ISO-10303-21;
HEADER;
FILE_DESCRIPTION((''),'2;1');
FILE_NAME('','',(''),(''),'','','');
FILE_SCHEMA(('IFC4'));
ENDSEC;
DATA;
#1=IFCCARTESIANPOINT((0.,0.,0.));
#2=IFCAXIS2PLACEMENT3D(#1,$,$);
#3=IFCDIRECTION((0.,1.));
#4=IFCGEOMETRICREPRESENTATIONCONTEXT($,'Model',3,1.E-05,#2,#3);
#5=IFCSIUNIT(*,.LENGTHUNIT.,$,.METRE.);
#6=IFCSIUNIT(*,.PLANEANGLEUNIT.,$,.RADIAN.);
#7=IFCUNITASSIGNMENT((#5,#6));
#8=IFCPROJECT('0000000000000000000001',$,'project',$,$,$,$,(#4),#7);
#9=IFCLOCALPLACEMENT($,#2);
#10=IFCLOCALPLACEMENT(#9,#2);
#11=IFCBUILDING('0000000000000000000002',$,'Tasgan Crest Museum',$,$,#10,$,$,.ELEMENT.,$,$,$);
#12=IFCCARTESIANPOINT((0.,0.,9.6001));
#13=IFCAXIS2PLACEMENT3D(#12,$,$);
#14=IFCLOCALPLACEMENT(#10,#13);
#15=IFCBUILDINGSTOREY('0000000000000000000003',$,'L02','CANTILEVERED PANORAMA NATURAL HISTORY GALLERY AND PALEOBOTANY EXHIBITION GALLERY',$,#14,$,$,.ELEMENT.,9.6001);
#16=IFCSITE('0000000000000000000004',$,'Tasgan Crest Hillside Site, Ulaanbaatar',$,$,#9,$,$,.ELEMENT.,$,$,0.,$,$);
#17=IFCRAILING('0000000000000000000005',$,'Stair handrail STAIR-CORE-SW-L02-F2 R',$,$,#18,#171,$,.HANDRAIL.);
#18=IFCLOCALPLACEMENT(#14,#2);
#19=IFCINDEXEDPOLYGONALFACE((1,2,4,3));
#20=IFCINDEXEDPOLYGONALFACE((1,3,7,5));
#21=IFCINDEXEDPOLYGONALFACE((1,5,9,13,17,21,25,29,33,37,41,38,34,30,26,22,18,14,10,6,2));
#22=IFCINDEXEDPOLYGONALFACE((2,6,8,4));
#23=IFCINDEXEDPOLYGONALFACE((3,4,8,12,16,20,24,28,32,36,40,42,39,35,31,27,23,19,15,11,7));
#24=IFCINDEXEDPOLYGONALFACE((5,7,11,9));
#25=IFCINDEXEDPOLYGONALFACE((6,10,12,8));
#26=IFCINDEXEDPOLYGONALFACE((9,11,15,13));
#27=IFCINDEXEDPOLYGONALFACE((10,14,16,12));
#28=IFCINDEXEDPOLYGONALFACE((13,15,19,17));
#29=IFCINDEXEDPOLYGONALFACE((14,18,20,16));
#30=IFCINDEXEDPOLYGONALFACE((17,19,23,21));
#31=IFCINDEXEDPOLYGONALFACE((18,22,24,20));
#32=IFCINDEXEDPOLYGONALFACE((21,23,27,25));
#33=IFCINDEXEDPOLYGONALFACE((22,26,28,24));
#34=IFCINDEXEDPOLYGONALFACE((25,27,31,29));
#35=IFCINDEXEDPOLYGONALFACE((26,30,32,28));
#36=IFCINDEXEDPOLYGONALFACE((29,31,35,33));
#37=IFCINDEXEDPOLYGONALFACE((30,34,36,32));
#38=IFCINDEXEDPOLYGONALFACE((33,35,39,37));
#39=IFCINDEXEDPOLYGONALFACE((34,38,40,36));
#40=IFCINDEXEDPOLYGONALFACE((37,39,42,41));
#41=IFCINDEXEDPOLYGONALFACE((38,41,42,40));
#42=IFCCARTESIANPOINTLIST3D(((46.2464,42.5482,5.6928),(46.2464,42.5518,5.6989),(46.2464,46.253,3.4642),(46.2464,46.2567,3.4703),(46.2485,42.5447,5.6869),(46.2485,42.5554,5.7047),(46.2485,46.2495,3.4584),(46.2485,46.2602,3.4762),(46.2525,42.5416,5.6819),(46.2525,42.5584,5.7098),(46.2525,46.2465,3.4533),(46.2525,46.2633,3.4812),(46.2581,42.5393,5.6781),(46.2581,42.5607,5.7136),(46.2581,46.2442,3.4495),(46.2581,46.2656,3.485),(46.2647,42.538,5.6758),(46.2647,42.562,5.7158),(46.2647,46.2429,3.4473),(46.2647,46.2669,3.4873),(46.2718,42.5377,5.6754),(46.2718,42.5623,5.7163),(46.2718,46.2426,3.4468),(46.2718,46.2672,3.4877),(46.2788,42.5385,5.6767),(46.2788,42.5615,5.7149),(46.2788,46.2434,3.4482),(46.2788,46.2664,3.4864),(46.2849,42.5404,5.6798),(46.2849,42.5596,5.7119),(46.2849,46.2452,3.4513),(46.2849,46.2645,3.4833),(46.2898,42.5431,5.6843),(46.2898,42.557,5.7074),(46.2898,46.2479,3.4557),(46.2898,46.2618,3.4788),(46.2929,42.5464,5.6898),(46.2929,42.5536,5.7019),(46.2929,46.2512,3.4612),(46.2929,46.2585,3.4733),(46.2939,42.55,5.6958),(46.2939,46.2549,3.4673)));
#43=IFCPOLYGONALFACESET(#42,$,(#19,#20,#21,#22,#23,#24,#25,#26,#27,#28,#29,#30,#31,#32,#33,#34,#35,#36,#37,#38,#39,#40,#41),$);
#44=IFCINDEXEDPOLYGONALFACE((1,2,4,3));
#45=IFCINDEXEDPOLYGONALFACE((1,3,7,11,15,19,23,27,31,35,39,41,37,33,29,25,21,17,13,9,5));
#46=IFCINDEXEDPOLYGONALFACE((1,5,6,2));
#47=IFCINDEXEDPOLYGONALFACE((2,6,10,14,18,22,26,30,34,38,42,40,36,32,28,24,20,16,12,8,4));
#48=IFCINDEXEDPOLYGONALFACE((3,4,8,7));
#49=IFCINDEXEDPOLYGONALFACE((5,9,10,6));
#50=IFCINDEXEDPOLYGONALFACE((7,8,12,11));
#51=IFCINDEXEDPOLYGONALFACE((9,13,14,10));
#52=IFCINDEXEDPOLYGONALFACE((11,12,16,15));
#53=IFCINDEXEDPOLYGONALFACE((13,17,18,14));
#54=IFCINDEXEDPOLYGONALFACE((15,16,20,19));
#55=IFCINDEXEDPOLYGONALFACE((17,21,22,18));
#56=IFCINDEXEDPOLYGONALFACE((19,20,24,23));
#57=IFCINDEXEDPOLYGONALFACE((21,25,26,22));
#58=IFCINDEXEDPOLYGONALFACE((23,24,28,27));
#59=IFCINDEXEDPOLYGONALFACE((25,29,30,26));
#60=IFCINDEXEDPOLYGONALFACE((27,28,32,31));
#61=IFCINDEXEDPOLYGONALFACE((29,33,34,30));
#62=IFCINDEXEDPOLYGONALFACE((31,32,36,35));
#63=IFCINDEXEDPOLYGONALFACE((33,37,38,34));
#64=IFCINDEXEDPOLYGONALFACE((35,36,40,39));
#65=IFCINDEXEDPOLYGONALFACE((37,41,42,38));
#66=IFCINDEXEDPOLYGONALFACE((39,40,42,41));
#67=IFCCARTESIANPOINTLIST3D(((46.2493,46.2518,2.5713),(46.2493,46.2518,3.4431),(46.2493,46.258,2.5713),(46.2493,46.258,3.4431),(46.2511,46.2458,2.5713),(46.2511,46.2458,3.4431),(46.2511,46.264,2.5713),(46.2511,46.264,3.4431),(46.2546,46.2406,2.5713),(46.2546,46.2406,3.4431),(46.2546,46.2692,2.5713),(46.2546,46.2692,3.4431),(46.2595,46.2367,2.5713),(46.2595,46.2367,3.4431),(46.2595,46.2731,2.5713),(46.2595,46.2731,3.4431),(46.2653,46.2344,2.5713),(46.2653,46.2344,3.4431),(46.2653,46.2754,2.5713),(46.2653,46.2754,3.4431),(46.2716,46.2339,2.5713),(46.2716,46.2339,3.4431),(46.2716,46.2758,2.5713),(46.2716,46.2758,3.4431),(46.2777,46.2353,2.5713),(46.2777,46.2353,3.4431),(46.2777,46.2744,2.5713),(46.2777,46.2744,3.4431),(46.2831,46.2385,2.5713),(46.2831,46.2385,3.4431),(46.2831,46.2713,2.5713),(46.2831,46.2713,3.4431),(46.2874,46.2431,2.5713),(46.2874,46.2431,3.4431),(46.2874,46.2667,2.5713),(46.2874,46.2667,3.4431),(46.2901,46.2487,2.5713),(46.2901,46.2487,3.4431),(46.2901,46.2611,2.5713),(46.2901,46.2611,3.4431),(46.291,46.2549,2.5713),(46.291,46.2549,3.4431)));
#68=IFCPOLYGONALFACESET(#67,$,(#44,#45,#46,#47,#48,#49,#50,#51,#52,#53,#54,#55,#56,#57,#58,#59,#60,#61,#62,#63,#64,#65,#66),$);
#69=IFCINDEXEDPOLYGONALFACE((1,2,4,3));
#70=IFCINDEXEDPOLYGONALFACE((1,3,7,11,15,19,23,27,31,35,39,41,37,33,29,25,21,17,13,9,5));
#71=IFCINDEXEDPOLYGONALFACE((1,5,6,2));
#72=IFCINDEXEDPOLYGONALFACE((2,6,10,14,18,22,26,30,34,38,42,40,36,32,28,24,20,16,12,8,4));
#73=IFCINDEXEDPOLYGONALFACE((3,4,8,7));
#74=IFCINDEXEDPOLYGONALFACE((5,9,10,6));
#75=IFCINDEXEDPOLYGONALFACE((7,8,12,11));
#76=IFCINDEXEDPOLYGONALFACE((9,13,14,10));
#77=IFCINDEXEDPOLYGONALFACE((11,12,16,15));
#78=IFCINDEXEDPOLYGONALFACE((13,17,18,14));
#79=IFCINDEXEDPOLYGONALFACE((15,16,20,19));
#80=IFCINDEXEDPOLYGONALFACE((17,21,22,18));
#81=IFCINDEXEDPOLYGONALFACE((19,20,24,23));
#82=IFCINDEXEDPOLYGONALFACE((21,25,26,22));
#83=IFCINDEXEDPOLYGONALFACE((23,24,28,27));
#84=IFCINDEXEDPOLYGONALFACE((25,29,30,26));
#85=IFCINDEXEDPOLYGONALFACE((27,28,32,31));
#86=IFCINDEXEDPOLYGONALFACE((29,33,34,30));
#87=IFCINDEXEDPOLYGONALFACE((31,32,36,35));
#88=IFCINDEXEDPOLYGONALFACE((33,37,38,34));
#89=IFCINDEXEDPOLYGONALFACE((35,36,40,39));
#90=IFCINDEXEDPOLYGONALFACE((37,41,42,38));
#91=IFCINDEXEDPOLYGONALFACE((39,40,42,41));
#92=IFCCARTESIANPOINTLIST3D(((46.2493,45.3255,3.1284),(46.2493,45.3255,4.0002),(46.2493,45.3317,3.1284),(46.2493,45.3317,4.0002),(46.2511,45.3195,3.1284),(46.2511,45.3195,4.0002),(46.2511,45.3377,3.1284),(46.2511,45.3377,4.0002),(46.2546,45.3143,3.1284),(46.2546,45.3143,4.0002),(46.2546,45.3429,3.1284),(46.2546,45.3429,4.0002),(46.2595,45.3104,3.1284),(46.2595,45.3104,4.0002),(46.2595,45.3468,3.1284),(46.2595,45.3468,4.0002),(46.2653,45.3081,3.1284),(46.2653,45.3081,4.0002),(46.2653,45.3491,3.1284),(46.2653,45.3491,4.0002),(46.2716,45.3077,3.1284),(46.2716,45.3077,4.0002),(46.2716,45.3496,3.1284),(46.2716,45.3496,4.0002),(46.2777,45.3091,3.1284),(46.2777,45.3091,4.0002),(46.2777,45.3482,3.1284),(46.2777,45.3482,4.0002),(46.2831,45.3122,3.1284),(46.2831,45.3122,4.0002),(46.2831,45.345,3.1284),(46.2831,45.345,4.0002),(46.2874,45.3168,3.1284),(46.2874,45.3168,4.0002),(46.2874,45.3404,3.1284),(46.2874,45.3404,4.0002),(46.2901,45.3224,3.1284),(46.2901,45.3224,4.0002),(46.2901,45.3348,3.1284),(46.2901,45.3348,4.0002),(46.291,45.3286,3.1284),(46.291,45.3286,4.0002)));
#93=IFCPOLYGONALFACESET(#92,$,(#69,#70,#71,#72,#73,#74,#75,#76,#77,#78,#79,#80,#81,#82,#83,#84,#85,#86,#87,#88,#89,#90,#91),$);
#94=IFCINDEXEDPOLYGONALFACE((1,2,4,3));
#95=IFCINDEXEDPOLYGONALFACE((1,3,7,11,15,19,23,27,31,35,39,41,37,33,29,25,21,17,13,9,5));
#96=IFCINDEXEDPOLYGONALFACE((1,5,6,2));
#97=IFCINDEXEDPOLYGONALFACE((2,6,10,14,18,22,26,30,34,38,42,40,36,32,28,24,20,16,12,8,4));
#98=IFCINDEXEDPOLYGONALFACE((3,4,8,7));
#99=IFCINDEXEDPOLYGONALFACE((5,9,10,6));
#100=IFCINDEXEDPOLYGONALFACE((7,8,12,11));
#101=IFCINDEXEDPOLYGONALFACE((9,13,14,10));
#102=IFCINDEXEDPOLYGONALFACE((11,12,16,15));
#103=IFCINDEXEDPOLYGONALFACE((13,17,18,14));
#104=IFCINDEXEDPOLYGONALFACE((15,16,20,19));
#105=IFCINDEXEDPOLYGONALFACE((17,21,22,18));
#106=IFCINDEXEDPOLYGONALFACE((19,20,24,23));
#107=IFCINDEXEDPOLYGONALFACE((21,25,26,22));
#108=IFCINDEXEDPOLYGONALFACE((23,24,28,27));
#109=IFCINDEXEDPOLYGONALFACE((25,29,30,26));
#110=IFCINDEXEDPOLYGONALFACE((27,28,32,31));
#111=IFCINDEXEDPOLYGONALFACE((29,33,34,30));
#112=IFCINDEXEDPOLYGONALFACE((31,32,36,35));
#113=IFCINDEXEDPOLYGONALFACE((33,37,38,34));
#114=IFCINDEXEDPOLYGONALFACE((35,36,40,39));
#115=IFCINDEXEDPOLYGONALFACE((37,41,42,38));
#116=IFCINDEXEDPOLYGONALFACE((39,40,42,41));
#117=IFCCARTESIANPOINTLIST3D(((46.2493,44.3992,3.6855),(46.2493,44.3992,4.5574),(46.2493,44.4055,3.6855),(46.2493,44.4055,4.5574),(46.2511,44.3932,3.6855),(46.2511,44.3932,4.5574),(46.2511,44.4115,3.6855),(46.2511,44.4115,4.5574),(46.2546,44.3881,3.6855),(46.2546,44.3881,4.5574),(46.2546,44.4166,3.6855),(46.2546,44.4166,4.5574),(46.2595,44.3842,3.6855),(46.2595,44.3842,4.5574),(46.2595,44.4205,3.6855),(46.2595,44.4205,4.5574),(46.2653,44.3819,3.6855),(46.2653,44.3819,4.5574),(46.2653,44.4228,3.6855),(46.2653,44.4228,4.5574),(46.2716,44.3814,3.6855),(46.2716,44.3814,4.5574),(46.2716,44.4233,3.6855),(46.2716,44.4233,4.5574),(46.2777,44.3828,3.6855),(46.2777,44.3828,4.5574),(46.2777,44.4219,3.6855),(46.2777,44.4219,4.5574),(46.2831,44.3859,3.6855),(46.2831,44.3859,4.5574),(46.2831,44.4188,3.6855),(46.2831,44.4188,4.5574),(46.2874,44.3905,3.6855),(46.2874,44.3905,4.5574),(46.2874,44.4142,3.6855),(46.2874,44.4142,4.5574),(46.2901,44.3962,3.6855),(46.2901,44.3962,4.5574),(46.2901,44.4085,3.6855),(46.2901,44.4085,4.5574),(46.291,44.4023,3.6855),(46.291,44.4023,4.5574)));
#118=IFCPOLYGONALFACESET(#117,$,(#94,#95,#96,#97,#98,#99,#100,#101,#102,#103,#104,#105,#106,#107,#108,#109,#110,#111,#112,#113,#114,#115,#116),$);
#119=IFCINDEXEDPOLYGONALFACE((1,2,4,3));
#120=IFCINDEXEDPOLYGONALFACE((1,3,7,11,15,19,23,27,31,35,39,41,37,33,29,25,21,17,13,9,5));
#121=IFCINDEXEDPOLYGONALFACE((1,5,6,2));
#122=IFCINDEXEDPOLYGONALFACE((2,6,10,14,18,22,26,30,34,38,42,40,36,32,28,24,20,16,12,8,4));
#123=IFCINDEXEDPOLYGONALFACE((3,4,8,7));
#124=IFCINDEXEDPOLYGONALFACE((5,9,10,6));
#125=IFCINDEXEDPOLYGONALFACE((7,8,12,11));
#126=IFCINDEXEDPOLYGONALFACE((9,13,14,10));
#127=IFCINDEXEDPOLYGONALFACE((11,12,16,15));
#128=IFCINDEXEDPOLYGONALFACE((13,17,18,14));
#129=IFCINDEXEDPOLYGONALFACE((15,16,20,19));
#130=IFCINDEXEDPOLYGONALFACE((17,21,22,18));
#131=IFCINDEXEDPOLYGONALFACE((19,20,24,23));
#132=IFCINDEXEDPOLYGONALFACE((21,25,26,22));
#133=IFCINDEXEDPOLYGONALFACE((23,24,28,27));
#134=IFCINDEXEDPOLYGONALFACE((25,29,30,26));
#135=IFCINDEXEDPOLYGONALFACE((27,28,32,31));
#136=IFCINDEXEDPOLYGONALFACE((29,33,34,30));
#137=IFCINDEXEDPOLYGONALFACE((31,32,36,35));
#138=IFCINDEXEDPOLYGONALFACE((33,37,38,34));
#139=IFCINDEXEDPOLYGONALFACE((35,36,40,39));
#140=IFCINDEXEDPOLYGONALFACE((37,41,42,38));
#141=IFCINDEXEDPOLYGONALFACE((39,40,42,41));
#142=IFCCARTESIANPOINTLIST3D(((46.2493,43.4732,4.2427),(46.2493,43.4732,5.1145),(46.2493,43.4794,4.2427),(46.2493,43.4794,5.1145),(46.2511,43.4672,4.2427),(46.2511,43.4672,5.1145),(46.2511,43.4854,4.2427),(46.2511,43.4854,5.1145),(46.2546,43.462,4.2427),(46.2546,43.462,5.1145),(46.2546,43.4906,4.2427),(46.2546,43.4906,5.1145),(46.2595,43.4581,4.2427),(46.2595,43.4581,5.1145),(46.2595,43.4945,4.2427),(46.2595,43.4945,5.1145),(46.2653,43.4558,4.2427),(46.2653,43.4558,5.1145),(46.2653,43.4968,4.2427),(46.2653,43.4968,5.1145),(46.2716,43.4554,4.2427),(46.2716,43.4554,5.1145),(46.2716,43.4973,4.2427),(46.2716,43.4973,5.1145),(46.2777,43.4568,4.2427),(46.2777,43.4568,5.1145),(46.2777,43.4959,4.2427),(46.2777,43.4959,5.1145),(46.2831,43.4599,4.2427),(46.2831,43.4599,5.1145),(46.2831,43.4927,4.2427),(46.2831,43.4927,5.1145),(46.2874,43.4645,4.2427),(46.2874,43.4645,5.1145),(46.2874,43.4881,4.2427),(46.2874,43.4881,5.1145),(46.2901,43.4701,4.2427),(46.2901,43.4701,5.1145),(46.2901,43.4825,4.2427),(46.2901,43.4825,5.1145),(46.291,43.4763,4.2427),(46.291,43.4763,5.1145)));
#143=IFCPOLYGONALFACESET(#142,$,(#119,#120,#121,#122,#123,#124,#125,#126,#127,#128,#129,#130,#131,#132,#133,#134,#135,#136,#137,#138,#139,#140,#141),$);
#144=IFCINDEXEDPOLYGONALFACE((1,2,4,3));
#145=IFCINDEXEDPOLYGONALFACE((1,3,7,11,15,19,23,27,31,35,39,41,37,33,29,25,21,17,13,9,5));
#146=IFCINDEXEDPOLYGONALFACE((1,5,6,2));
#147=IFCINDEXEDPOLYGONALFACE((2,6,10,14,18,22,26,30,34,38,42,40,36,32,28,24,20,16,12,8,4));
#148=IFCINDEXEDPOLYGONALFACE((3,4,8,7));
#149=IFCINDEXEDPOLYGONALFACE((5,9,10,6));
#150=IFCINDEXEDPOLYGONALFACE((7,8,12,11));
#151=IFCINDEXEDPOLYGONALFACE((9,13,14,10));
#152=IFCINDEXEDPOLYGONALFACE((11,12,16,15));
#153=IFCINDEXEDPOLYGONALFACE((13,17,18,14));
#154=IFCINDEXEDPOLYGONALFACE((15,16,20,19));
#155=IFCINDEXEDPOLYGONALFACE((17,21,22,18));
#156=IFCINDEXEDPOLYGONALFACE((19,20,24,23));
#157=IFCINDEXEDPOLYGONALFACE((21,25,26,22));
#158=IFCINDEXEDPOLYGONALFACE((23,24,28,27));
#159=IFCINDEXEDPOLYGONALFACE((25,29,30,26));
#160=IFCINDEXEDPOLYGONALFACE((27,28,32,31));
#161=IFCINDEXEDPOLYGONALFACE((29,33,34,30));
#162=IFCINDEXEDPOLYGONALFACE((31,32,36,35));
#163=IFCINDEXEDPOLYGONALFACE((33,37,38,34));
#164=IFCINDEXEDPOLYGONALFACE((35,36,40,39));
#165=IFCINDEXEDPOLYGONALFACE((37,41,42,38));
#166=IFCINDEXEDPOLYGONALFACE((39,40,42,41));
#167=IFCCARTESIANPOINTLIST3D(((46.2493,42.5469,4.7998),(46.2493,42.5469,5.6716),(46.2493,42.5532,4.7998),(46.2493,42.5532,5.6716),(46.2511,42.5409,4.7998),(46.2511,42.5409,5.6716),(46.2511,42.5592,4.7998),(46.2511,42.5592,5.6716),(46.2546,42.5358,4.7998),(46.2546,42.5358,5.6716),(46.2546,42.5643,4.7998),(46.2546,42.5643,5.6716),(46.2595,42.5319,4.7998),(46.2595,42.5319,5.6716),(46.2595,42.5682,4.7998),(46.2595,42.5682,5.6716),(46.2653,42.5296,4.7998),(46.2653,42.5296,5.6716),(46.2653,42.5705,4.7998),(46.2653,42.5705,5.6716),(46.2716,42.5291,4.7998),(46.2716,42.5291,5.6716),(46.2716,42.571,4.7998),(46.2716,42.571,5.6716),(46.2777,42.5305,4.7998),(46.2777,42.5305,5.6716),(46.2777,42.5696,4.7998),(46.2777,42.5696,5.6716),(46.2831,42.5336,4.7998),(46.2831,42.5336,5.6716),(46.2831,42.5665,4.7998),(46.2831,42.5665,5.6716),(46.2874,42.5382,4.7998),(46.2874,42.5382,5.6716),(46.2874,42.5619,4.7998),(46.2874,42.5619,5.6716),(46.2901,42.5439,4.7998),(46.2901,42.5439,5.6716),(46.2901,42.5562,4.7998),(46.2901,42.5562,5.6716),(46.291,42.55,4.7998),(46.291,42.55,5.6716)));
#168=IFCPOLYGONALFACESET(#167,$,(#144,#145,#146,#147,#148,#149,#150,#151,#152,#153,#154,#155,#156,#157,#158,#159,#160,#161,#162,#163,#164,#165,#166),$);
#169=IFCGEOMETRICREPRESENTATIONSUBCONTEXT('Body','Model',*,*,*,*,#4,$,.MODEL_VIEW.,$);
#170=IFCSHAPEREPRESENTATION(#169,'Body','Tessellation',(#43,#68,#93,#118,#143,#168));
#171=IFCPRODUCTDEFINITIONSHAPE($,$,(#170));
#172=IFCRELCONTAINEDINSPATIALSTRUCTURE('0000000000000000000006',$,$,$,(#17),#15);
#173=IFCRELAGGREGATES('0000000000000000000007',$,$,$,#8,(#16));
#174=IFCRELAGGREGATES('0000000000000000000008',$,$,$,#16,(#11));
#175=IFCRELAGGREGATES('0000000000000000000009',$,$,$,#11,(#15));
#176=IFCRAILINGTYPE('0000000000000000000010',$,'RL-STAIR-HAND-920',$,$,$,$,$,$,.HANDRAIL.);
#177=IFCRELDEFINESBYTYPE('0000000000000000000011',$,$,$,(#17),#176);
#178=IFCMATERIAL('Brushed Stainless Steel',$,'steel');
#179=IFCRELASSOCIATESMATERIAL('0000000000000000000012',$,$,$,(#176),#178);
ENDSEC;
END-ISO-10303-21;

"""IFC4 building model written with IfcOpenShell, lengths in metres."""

from ifc_helpers import new_model, si_unit, direction, frame, origin, origin_2d, place, context, subcontext, project, spatial, circle, extrude, material, type_object, element, save


model = new_model("IFC4")

# Units and contexts
model_context = context("Model", 3, precision=1e-05, world=origin(), true_north=direction((0.0, 1.0)))
body_context = subcontext(model_context, "Body", "Model", "MODEL_VIEW")
ifc_project = project(units=[si_unit("LENGTHUNIT", "METRE"), si_unit("PLANEANGLEUNIT", "RADIAN")], contexts=[model_context])

# Site, building, storey
site_placement = place(None, origin())
site = spatial("IfcSite", under=ifc_project, at=site_placement, Name="Tasgan Crest Hillside Site, Ulaanbaatar", CompositionType="ELEMENT", RefElevation=0.0)
building_placement = place(site_placement, origin())
building = spatial("IfcBuilding", under=site, at=building_placement, Name="Tasgan Crest Museum", CompositionType="ELEMENT")
storey_placement = place(building_placement, frame((0.0, 0.0, 9.6001)))
storey = spatial("IfcBuildingStorey", under=building, at=storey_placement, Name="L02", Description="CANTILEVERED PANORAMA NATURAL HISTORY GALLERY AND PALEOBOTANY EXHIBITION GALLERY", CompositionType="ELEMENT", Elevation=9.6001)

# Railing
ifc_material_1 = material(Name="Brushed Stainless Steel", Category="steel")
railing_type_1 = type_object("IfcRailingType", Name="RL-STAIR-HAND-920", PredefinedType="HANDRAIL", material=ifc_material_1)
for number, where, name in (
    (1, (46.27, 46.2549, 2.5713), "Stair handrail STAIR-CORE-SW-L02-F2 R"),
):
    element("IfcRailing", number, at=place(storey_placement, frame(where)), inside=storey, type_object=railing_type_1, Name=name, PredefinedType="HANDRAIL", context=body_context, shape_type="SweptSolid", body=[
        extrude(circle(Radius=0.0239, at=origin_2d()), frame((0.0, 0.0, 0.896), z_axis=(0.0, -0.856919, 0.51545), x_axis=(1.0, 0.0, 0.0)), (0.0, 0.0, 1.0), 4.3235),
        extrude(circle(Radius=0.021, at=origin_2d()), origin(), (0.0, 0.0, 1.0), 0.8718),
        extrude(circle(Radius=0.021, at=origin_2d()), frame((0.0, -0.9263, 0.5571)), (0.0, 0.0, 1.0), 0.8718),
        extrude(circle(Radius=0.021, at=origin_2d()), frame((0.0, -1.8525, 1.1143)), (0.0, 0.0, 1.0), 0.8718),
        extrude(circle(Radius=0.021, at=origin_2d()), frame((0.0, -2.7786, 1.6714)), (0.0, 0.0, 1.0), 0.8718),
        extrude(circle(Radius=0.021, at=origin_2d()), frame((0.0, -3.7048, 2.2285)), (0.0, 0.0, 1.0), 0.8718),
    ])

save(model, "model.ifc")
